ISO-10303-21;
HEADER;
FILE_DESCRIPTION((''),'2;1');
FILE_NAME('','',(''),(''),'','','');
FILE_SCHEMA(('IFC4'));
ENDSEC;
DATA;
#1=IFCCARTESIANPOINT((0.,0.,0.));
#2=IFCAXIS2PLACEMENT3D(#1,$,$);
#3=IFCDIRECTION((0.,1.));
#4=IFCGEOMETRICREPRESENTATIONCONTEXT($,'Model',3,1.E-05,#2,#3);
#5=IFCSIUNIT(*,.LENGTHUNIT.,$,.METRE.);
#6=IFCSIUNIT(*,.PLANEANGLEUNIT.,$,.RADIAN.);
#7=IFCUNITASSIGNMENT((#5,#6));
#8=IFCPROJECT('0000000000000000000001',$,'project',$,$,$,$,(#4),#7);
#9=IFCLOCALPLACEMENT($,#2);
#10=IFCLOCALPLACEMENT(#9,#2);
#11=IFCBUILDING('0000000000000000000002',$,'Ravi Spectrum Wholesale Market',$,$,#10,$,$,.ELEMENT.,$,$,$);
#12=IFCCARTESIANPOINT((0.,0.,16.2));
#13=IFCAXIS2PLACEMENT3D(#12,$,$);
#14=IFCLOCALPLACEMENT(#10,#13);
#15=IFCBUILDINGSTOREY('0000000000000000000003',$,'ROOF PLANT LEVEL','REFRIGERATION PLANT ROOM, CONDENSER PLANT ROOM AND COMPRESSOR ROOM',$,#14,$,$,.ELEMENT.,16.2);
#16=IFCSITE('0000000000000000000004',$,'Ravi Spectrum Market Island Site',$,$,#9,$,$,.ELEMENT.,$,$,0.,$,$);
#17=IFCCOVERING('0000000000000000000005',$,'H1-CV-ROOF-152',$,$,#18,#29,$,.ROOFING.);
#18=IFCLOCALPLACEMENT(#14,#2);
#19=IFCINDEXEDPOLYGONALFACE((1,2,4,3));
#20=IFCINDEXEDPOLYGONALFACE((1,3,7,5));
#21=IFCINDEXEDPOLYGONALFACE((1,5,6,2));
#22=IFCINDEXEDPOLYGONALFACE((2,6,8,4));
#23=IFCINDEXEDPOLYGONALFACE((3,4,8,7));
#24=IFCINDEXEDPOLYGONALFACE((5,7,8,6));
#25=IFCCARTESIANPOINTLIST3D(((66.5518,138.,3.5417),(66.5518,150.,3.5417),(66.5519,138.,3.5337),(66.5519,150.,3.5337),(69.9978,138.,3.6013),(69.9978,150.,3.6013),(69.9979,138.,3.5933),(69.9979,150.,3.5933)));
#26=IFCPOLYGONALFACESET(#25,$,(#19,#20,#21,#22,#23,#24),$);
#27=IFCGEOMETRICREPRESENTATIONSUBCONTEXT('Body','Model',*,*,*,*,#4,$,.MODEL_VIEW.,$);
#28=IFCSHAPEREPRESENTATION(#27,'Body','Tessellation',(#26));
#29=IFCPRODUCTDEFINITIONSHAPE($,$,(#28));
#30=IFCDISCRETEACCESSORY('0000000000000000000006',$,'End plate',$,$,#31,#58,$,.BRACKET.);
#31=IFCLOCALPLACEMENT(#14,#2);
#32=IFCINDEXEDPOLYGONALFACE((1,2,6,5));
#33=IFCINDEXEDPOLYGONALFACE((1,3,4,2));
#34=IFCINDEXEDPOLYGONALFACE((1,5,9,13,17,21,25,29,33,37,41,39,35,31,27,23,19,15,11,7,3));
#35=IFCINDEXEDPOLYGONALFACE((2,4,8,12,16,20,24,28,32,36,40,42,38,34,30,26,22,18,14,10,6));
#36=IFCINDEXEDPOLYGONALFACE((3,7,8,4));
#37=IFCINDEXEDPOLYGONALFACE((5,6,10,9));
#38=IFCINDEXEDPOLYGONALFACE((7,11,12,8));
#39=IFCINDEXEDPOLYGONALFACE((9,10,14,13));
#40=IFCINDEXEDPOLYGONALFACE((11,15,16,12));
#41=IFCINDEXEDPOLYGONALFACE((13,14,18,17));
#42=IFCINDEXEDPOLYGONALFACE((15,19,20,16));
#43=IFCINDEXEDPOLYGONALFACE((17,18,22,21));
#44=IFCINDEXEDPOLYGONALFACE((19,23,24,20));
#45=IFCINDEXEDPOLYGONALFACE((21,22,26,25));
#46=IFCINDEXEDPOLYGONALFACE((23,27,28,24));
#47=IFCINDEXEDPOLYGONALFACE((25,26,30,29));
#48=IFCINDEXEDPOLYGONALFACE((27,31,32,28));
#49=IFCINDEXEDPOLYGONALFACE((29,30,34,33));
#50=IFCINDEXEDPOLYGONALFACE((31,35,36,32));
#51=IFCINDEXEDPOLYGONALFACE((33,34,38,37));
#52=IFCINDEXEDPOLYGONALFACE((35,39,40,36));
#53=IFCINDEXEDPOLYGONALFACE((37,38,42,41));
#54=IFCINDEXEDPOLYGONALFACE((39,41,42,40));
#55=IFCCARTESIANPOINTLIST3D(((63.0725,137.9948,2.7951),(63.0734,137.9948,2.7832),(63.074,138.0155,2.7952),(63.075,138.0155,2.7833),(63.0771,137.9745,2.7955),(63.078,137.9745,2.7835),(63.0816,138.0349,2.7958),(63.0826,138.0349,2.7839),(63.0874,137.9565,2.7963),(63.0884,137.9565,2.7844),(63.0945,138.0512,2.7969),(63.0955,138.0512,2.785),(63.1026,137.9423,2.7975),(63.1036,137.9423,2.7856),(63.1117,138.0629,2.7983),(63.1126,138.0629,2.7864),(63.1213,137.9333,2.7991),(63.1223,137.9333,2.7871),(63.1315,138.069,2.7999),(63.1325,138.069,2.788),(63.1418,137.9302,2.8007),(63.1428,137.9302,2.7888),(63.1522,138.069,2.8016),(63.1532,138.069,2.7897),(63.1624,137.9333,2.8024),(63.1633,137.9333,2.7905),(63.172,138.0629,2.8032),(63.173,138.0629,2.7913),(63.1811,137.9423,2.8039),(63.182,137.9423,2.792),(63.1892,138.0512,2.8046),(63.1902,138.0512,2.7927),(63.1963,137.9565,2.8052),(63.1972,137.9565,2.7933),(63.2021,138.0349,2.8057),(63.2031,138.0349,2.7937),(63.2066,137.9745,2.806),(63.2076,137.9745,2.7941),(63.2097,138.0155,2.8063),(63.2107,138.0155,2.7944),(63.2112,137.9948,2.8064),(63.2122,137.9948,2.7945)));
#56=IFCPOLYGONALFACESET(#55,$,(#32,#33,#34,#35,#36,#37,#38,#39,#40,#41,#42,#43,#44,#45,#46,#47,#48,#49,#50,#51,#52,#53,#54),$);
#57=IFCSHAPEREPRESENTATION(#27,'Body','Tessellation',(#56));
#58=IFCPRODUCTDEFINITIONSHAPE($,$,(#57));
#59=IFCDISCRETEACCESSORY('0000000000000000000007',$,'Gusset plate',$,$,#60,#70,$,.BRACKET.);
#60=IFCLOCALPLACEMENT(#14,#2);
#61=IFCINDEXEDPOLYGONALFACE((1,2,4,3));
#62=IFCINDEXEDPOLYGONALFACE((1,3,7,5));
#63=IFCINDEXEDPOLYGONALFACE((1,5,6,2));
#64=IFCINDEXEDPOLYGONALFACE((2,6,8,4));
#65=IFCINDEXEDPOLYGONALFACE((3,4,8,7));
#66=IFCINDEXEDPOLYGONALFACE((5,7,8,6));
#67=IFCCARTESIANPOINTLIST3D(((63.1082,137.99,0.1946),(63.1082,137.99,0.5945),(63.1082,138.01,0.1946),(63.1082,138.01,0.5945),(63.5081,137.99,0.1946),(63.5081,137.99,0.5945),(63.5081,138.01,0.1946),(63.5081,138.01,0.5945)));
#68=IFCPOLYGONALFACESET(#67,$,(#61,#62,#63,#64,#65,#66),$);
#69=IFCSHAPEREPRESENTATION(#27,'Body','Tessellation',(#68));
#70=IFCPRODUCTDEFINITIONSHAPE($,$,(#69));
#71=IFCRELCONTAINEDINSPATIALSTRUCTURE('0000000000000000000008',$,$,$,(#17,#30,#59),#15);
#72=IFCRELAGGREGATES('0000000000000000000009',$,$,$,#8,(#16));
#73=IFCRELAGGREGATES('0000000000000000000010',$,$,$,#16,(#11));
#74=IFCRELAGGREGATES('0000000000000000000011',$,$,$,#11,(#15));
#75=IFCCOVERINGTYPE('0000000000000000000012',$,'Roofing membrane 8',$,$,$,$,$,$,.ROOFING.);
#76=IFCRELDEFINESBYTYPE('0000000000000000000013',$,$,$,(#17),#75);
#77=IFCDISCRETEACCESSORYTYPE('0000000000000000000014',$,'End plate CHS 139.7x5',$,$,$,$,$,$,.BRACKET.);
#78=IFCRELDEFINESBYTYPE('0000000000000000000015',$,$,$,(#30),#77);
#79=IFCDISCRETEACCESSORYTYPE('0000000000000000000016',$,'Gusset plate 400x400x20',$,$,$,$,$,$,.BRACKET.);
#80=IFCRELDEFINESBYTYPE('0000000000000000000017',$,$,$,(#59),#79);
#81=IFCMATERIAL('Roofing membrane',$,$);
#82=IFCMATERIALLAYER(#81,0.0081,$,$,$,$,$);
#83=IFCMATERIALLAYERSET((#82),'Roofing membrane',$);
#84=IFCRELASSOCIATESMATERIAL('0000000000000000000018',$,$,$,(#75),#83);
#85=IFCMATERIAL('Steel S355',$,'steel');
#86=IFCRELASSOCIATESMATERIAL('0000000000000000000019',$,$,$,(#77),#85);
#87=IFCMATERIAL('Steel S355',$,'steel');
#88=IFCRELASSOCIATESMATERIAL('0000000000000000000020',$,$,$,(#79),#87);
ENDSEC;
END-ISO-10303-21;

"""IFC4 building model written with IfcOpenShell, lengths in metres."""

from ifc_helpers import new_model, si_unit, direction, frame, origin, origin_2d, place, context, subcontext, project, spatial, polyline, rectangle, circle, outline, extrude, material, layer, layer_set, material_profile, profile_set, type_object, element, save


model = new_model("IFC4")

# Units and contexts
model_context = context("Model", 3, precision=1e-05, world=origin(), true_north=direction((0.0, 1.0)))
body_context = subcontext(model_context, "Body", "Model", "MODEL_VIEW")
ifc_project = project(units=[si_unit("LENGTHUNIT", "METRE"), si_unit("PLANEANGLEUNIT", "RADIAN")], contexts=[model_context])

# Site, building, storey
site_placement = place(None, origin())
site = spatial("IfcSite", under=ifc_project, at=site_placement, Name="Ravi Spectrum Market Island Site", CompositionType="ELEMENT", RefElevation=0.0)
building_placement = place(site_placement, origin())
building = spatial("IfcBuilding", under=site, at=building_placement, Name="Ravi Spectrum Wholesale Market", CompositionType="ELEMENT")
storey_placement = place(building_placement, frame((0.0, 0.0, 16.2)))
storey = spatial("IfcBuildingStorey", under=building, at=storey_placement, Name="ROOF PLANT LEVEL", Description="REFRIGERATION PLANT ROOM, CONDENSER PLANT ROOM AND COMPRESSOR ROOM", CompositionType="ELEMENT", Elevation=16.2)

# Covering
ifc_material_1 = material(Name="Roofing membrane")
ifc_layer_1 = layer(ifc_material_1, 0.0081)
ifc_layer_set_1 = layer_set([ifc_layer_1], Name="Roofing membrane")
covering_type = type_object("IfcCoveringType", Name="Roofing membrane 8", PredefinedType="ROOFING", material=ifc_layer_set_1)
covering_1_placement = place(storey_placement, frame((66.5518, 138.0, 3.5417), z_axis=(-0.017284, 0.0, 0.999851), x_axis=(0.999851, 0.0, 0.017284)))
element("IfcCovering", 1, at=covering_1_placement, inside=storey, type_object=covering_type, Name="H1-CV-ROOF-152", PredefinedType="ROOFING", context=body_context, shape_type="SweptSolid", body=[
    extrude(outline(polyline([(0.0, 0.0), (3.4466, 0.0), (3.4466, 12.0), (0.0, 12.0), (0.0, 0.0)])), origin(), (0.0, 0.0, -1.0), 0.0081),
])

# Discrete accessories
ifc_material_2 = material(Name="Steel S355", Category="steel")
ifc_material_profile_1 = material_profile(ifc_material_2, circle(Radius=0.0698, at=origin_2d()))
ifc_profile_set_1 = profile_set([ifc_material_profile_1], Name="Steel S355")
discrete_accessory_type_1 = type_object("IfcDiscreteAccessoryType", Name="End plate CHS 139.7x5", PredefinedType="BRACKET", material=ifc_profile_set_1)
discrete_accessory_1_placement = place(storey_placement, frame((63.1428, 138.0, 2.7888), z_axis=(-0.081362, 0.0, 0.996685), x_axis=(0.0, -1.0, 0.0)))
element("IfcDiscreteAccessory", 2, at=discrete_accessory_1_placement, inside=storey, type_object=discrete_accessory_type_1, Name="End plate", PredefinedType="BRACKET", context=body_context, shape_type="SweptSolid", body=[
    extrude(circle(Radius=0.0698, at=origin_2d()), origin(), (0.0, 0.0, 1.0), 0.012),
])
ifc_material_3 = material(Name="Steel S355", Category="steel")
ifc_material_profile_2 = material_profile(ifc_material_3, rectangle(XDim=0.3999, YDim=0.02, at=origin_2d()))
ifc_profile_set_2 = profile_set([ifc_material_profile_2], Name="Steel S355")
discrete_accessory_type_2 = type_object("IfcDiscreteAccessoryType", Name="Gusset plate 400x400x20", PredefinedType="BRACKET", material=ifc_profile_set_2)
discrete_accessory_2_placement = place(storey_placement, frame((63.3081, 138.0, 0.1946), z_axis=(0.0, 0.0, 1.0), x_axis=(1.0, 0.0, 0.0)))
element("IfcDiscreteAccessory", 3, at=discrete_accessory_2_placement, inside=storey, type_object=discrete_accessory_type_2, Name="Gusset plate", PredefinedType="BRACKET", context=body_context, shape_type="SweptSolid", body=[
    extrude(rectangle(XDim=0.3999, YDim=0.02, at=origin_2d()), origin(), (0.0, 0.0, 1.0), 0.3999),
])

save(model, "model.ifc")
